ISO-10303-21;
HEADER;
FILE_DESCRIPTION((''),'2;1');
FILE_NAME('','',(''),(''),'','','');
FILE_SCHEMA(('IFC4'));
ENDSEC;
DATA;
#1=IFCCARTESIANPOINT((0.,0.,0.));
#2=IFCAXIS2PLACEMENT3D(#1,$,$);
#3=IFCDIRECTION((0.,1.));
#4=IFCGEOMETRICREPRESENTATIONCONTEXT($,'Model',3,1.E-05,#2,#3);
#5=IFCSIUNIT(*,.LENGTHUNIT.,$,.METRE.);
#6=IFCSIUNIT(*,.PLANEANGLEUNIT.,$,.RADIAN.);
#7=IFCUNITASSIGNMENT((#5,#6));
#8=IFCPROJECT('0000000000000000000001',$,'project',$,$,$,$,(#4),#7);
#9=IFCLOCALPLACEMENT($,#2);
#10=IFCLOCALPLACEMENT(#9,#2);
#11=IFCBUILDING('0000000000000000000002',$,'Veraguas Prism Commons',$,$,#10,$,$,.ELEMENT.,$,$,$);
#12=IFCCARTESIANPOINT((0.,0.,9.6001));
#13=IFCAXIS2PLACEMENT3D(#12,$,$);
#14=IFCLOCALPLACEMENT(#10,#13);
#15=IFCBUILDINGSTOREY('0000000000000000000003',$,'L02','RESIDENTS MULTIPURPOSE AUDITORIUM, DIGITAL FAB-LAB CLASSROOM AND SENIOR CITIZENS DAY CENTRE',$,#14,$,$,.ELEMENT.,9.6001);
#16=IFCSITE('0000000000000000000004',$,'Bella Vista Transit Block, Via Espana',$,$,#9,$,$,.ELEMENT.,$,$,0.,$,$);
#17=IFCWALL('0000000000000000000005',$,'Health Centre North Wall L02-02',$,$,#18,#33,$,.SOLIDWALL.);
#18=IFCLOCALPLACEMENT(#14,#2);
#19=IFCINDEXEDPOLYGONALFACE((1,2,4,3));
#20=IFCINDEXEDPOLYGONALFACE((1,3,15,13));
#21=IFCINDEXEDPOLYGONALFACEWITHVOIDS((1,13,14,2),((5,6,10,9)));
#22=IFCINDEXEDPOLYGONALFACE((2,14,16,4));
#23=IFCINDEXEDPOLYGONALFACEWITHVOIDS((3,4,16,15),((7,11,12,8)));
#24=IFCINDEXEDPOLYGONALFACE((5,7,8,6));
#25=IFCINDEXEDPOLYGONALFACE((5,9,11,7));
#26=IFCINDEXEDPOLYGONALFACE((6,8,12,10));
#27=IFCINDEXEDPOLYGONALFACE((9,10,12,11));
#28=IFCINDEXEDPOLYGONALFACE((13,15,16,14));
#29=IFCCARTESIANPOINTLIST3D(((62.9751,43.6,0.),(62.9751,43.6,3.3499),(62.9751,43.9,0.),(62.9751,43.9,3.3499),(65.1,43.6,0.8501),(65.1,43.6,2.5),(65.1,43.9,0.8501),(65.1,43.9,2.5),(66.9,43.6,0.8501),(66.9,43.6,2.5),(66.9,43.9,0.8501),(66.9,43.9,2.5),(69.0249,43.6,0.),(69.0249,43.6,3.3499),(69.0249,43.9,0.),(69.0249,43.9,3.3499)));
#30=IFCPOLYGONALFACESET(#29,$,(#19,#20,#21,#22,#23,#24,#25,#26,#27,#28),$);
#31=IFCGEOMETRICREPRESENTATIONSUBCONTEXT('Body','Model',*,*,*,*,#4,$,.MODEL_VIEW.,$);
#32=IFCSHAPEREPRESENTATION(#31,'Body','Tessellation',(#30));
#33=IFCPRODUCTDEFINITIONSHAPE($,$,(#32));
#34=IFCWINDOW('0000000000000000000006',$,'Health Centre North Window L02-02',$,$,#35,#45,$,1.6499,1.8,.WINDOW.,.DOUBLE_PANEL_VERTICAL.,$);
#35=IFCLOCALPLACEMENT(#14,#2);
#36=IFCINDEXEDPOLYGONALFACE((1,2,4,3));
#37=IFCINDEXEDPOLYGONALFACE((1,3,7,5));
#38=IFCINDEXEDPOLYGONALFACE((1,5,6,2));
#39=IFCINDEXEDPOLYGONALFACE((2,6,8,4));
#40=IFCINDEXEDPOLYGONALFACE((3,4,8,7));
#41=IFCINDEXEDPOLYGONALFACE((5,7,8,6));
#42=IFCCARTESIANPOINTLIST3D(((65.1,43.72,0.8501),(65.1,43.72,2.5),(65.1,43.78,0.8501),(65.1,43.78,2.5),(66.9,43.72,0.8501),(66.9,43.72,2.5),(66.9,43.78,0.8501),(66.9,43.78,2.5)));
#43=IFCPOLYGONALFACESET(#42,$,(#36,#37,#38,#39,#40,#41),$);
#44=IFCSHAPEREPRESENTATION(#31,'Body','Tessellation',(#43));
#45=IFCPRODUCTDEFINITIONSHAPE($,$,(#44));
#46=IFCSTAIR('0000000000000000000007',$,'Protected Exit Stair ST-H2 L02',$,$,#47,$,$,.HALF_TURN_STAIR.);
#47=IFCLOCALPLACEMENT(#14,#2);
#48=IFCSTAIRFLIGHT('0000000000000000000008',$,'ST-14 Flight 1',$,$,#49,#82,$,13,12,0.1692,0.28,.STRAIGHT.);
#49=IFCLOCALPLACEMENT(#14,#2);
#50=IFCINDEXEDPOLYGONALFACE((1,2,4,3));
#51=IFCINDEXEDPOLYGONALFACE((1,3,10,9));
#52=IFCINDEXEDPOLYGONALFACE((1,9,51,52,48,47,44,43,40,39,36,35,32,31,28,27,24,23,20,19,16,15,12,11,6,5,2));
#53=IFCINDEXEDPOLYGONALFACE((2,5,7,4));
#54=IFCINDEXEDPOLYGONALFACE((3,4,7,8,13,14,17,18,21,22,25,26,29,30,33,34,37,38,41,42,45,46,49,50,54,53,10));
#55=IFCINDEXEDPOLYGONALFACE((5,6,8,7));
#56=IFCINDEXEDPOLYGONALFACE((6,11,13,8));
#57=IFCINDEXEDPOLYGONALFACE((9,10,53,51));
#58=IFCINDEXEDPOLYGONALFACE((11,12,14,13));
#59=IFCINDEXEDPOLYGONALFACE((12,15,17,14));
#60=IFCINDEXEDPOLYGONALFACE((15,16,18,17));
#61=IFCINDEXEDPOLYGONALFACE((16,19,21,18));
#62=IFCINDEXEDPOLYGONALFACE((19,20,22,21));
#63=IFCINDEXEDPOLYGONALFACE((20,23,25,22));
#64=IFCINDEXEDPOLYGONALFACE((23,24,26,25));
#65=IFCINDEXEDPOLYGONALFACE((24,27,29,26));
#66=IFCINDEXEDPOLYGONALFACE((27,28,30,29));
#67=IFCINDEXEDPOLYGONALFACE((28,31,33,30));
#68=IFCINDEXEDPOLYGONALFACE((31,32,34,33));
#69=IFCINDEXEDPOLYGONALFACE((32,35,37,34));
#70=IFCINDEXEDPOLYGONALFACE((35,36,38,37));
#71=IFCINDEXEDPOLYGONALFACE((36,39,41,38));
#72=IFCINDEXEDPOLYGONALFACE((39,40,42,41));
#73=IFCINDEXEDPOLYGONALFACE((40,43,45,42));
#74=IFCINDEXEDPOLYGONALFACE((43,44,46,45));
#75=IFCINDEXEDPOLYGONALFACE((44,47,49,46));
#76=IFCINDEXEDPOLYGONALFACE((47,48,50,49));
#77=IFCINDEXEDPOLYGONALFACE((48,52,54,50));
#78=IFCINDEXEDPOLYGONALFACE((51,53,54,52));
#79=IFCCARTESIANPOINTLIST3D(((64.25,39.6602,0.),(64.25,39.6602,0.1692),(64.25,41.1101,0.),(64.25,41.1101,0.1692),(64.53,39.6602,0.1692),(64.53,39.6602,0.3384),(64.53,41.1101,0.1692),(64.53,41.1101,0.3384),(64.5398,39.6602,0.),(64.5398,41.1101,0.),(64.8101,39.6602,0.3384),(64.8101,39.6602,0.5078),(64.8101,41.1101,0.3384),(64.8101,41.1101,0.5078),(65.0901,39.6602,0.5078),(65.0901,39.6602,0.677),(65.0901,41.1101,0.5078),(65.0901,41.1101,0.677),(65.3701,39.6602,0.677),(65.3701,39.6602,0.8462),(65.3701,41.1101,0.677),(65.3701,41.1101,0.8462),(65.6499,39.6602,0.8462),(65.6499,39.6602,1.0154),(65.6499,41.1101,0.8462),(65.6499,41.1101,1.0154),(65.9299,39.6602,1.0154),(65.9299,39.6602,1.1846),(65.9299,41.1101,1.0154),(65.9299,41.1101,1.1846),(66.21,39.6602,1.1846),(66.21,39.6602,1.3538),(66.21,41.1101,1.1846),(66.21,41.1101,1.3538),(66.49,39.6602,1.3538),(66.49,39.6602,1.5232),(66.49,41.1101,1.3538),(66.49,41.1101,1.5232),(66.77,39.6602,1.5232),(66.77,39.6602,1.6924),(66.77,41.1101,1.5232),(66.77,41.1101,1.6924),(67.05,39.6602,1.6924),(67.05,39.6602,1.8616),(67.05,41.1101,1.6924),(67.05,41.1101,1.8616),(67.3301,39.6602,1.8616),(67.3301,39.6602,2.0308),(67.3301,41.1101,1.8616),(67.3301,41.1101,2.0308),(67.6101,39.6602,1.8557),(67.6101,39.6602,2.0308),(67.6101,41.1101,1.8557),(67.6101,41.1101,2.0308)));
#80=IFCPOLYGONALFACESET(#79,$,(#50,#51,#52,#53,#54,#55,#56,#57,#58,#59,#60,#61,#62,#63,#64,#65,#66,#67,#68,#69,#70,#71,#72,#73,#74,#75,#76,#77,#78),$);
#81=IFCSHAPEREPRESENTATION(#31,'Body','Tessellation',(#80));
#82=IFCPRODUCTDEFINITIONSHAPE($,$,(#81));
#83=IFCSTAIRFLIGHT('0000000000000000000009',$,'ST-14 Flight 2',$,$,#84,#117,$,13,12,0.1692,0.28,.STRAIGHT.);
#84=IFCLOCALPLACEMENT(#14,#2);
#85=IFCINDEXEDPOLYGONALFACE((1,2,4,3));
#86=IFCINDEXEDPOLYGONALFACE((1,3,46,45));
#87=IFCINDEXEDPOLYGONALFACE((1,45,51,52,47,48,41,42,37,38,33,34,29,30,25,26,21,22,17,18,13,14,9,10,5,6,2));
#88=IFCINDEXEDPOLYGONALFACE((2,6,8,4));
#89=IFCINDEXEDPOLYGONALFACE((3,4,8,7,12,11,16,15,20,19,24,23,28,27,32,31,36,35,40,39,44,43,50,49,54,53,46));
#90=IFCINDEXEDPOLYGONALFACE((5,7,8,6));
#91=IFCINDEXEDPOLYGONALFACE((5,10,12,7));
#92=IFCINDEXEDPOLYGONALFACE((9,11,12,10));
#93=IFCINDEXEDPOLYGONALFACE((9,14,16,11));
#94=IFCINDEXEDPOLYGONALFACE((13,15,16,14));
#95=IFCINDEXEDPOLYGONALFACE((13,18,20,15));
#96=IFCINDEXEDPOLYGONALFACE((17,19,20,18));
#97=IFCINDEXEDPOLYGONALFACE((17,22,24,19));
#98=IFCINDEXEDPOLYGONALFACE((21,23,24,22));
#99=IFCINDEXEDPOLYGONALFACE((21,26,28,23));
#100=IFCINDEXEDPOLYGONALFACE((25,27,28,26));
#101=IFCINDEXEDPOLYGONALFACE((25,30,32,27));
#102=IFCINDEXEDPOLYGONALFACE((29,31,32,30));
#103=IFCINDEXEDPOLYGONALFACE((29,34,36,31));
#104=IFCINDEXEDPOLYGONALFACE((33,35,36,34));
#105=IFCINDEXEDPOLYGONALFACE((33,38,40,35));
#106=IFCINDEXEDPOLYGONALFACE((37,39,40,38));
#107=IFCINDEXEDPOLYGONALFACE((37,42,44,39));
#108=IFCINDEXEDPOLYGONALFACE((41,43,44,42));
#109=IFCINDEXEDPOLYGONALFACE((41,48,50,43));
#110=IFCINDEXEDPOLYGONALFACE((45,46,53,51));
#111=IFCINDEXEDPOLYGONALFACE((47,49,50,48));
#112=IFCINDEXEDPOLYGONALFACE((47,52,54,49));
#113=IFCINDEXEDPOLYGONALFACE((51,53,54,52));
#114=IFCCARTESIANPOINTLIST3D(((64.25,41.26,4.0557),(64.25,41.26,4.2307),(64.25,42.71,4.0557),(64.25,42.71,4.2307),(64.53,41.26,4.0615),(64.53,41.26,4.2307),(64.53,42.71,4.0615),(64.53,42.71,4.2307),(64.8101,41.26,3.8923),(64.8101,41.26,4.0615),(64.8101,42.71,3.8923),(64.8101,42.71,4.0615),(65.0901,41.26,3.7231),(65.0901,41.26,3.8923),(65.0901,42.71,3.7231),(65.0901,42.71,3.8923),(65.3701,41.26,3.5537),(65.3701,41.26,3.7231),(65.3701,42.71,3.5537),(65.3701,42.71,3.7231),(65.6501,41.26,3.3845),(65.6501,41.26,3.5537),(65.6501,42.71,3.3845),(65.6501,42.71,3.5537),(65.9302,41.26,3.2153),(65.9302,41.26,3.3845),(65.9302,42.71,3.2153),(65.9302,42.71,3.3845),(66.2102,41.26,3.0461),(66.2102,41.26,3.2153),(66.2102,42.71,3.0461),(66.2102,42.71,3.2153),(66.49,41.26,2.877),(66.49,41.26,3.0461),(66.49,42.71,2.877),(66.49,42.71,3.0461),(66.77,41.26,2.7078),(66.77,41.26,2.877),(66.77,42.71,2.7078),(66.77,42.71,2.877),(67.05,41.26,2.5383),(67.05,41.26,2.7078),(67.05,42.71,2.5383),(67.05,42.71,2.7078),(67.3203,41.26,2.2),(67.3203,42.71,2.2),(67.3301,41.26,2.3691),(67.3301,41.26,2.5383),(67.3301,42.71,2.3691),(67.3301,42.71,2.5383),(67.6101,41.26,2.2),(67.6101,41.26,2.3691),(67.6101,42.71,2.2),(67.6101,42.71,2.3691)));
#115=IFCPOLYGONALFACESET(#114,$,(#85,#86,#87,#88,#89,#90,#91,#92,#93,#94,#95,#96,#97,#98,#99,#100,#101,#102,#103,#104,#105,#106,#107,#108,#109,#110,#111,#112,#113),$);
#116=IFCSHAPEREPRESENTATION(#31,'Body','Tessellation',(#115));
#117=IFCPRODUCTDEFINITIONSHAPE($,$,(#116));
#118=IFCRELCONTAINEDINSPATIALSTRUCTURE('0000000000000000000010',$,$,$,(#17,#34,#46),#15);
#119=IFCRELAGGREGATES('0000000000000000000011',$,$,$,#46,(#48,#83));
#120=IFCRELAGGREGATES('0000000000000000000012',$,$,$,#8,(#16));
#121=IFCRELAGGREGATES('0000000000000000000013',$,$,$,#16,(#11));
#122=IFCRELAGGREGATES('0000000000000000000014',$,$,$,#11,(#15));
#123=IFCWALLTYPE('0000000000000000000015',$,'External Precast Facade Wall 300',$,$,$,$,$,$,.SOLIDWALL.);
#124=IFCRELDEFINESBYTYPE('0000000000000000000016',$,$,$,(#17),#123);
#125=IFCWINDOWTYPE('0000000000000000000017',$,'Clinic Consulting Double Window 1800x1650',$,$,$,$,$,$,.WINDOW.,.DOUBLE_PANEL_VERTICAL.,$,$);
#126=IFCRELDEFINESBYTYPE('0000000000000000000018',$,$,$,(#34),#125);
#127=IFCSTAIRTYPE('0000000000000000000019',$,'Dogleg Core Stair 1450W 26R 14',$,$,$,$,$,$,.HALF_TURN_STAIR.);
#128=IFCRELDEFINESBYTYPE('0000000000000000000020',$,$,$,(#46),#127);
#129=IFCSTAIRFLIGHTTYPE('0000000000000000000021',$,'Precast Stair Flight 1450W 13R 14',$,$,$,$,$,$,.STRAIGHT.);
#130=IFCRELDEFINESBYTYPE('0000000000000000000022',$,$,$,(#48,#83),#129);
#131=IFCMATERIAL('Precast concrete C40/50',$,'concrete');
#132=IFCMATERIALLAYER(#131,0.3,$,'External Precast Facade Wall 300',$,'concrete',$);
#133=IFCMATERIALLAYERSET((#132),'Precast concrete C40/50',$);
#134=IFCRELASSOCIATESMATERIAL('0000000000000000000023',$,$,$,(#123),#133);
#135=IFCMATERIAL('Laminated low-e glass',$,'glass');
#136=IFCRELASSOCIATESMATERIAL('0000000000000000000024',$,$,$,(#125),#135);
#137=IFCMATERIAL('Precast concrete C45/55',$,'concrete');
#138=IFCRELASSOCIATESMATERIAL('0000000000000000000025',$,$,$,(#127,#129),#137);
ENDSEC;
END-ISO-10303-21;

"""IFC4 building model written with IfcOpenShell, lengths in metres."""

from ifc_helpers import new_model, si_unit, direction, frame, frame_2d, origin, place, context, subcontext, project, spatial, polyline, rectangle, outline, extrude, source, transform, mapped, material, layer, layer_set, type_object, element, fill, aggregate, save


model = new_model("IFC4")

# Units and contexts
model_context = context("Model", 3, precision=1e-05, world=origin(), true_north=direction((0.0, 1.0)))
body_context = subcontext(model_context, "Body", "Model", "MODEL_VIEW")
ifc_project = project(units=[si_unit("LENGTHUNIT", "METRE"), si_unit("PLANEANGLEUNIT", "RADIAN")], contexts=[model_context])

# Site, building, storey
site_placement = place(None, origin())
site = spatial("IfcSite", under=ifc_project, at=site_placement, Name="Bella Vista Transit Block, Via Espana", CompositionType="ELEMENT", RefElevation=0.0)
building_placement = place(site_placement, origin())
building = spatial("IfcBuilding", under=site, at=building_placement, Name="Veraguas Prism Commons", CompositionType="ELEMENT")
storey_placement = place(building_placement, frame((0.0, 0.0, 9.6001)))
storey = spatial("IfcBuildingStorey", under=building, at=storey_placement, Name="L02", Description="RESIDENTS MULTIPURPOSE AUDITORIUM, DIGITAL FAB-LAB CLASSROOM AND SENIOR CITIZENS DAY CENTRE", CompositionType="ELEMENT", Elevation=9.6001)

# Wall, opening, window
ifc_material_1 = material(Name="Precast concrete C40/50", Category="concrete")
ifc_layer_1 = layer(ifc_material_1, 0.3, Name="External Precast Facade Wall 300", Category="concrete")
ifc_layer_set_1 = layer_set([ifc_layer_1], Name="Precast concrete C40/50")
wall_type_1 = type_object("IfcWallType", Name="External Precast Facade Wall 300", PredefinedType="SOLIDWALL", material=ifc_layer_set_1)
ifc_material_2 = material(Name="Laminated low-e glass", Category="glass")
window_type = type_object("IfcWindowType", Name="Clinic Consulting Double Window 1800x1650", PartitioningType="DOUBLE_PANEL_VERTICAL", PredefinedType="WINDOW", material=ifc_material_2)
shared_shape_1 = source(origin(), body_context, "Body", "SweptSolid", [
    extrude(rectangle(XDim=1.8, YDim=1.6499, at=frame_2d((0.8999, 0.825))), frame((0.0, 0.03, 0.0), z_axis=(0.0, -1.0, 0.0), x_axis=(1.0, 0.0, 0.0)), (0.0, 0.0, 1.0), 0.0601),
])
wall_1_placement = place(storey_placement, frame((69.0249, 43.75, 0.0), z_axis=(0.0, 0.0, 1.0), x_axis=(-1.0, 0.0, 0.0)))
wall_1 = element("IfcWall", 1, at=wall_1_placement, inside=storey, type_object=wall_type_1, Name="Health Centre North Wall L02-02", PredefinedType="SOLIDWALL", context=body_context, shape_type="SweptSolid", body=[
    extrude(rectangle(XDim=6.0498, YDim=0.3, at=frame_2d((3.0249, 0.0))), origin(), (0.0, 0.0, 1.0), 3.3499),
])
opening_1_placement = place(wall_1_placement, frame((2.125, 0.0, 0.8501)))
opening_1 = element("IfcOpeningElement", 2, at=opening_1_placement, cuts=wall_1, PredefinedType="OPENING", context=body_context, shape_type="SweptSolid", body=[
    extrude(rectangle(XDim=1.8, YDim=1.6499, at=frame_2d((0.8999, 0.825))), frame((0.0, 0.1599, 0.0), z_axis=(0.0, -1.0, 0.0), x_axis=(1.0, 0.0, 0.0)), (0.0, 0.0, 1.0), 0.3201),
])
window_1_placement = place(opening_1_placement, origin())
window_1 = element("IfcWindow", 3, at=window_1_placement, inside=storey, type_object=window_type, Name="Health Centre North Window L02-02", OverallHeight=1.6499, OverallWidth=1.8, PartitioningType="DOUBLE_PANEL_VERTICAL", PredefinedType="WINDOW", context=body_context, shape_type="MappedRepresentation", body=[
    mapped(shared_shape_1, transform((0.0, 0.0, 0.0), scale=1.0)),
])
fill(opening_1, window_1)

# Stair, stair flights
ifc_material_3 = material(Name="Precast concrete C45/55", Category="concrete")
stair_type = type_object("IfcStairType", Name="Dogleg Core Stair 1450W 26R 14", PredefinedType="HALF_TURN_STAIR", material=ifc_material_3)
stair_placement = place(storey_placement, origin())
stair = element("IfcStair", 4, at=stair_placement, inside=storey, type_object=stair_type, Name="Protected Exit Stair ST-H2 L02", PredefinedType="HALF_TURN_STAIR")
stair_flight_type = type_object("IfcStairFlightType", Name="Precast Stair Flight 1450W 13R 14", PredefinedType="STRAIGHT", material=ifc_material_3)
stair_flight_1_placement = place(storey_placement, frame((64.25, 40.385, 0.0), z_axis=(0.0, 0.0, 1.0), x_axis=(1.0, 0.0, 0.0)))
stair_flight_1 = element("IfcStairFlight", 5, at=stair_flight_1_placement, type_object=stair_flight_type, Name="ST-14 Flight 1", NumberOfRisers=13, NumberOfTreads=12, PredefinedType="STRAIGHT", RiserHeight=0.1692, TreadLength=0.28, context=body_context, shape_type="SweptSolid", body=[
    extrude(outline(polyline([(0.0, 0.0), (0.0, 0.1692), (0.28, 0.1692), (0.28, 0.3384), (0.5601, 0.3384), (0.5601, 0.5078), (0.8401, 0.5078), (0.8401, 0.677), (1.1201, 0.677), (1.1201, 0.8462), (1.3999, 0.8462), (1.3999, 1.0154), (1.6799, 1.0154), (1.6799, 1.1846), (1.96, 1.1846), (1.96, 1.3538), (2.24, 1.3538), (2.24, 1.5232), (2.52, 1.5232), (2.52, 1.6924), (2.8, 1.6924), (2.8, 1.8616), (3.0801, 1.8616), (3.0801, 2.0308), (3.3601, 2.0308), (3.3601, 2.2), (3.3601, 1.8557), (0.2898, 0.0), (0.0, 0.0)])), frame((0.0, 0.7251, 0.0), z_axis=(0.0, -1.0, 0.0), x_axis=(1.0, 0.0, 0.0)), (0.0, 0.0, 1.0), 1.45),
])
stair_flight_2_placement = place(storey_placement, frame((67.6101, 41.9851, 2.2), z_axis=(0.0, 0.0, 1.0), x_axis=(-1.0, 0.0, 0.0)))
stair_flight_2 = element("IfcStairFlight", 6, at=stair_flight_2_placement, type_object=stair_flight_type, Name="ST-14 Flight 2", NumberOfRisers=13, NumberOfTreads=12, PredefinedType="STRAIGHT", RiserHeight=0.1692, TreadLength=0.28, context=body_context, shape_type="SweptSolid", body=[
    extrude(outline(polyline([(0.0, 0.0), (0.0, 0.1692), (0.28, 0.1692), (0.28, 0.3384), (0.5601, 0.3384), (0.5601, 0.5078), (0.8401, 0.5078), (0.8401, 0.677), (1.1201, 0.677), (1.1201, 0.8462), (1.3999, 0.8462), (1.3999, 1.0154), (1.6799, 1.0154), (1.6799, 1.1846), (1.96, 1.1846), (1.96, 1.3538), (2.24, 1.3538), (2.24, 1.5232), (2.52, 1.5232), (2.52, 1.6924), (2.8, 1.6924), (2.8, 1.8616), (3.0801, 1.8616), (3.0801, 2.0308), (3.3601, 2.0308), (3.3601, 2.2), (3.3601, 1.8557), (0.2898, 0.0), (0.0, 0.0)])), frame((0.0, 0.7251, 0.0), z_axis=(0.0, -1.0, 0.0), x_axis=(1.0, 0.0, 0.0)), (0.0, 0.0, 1.0), 1.45),
])
aggregate(stair, [stair_flight_1, stair_flight_2])

save(model, "model.ifc")
